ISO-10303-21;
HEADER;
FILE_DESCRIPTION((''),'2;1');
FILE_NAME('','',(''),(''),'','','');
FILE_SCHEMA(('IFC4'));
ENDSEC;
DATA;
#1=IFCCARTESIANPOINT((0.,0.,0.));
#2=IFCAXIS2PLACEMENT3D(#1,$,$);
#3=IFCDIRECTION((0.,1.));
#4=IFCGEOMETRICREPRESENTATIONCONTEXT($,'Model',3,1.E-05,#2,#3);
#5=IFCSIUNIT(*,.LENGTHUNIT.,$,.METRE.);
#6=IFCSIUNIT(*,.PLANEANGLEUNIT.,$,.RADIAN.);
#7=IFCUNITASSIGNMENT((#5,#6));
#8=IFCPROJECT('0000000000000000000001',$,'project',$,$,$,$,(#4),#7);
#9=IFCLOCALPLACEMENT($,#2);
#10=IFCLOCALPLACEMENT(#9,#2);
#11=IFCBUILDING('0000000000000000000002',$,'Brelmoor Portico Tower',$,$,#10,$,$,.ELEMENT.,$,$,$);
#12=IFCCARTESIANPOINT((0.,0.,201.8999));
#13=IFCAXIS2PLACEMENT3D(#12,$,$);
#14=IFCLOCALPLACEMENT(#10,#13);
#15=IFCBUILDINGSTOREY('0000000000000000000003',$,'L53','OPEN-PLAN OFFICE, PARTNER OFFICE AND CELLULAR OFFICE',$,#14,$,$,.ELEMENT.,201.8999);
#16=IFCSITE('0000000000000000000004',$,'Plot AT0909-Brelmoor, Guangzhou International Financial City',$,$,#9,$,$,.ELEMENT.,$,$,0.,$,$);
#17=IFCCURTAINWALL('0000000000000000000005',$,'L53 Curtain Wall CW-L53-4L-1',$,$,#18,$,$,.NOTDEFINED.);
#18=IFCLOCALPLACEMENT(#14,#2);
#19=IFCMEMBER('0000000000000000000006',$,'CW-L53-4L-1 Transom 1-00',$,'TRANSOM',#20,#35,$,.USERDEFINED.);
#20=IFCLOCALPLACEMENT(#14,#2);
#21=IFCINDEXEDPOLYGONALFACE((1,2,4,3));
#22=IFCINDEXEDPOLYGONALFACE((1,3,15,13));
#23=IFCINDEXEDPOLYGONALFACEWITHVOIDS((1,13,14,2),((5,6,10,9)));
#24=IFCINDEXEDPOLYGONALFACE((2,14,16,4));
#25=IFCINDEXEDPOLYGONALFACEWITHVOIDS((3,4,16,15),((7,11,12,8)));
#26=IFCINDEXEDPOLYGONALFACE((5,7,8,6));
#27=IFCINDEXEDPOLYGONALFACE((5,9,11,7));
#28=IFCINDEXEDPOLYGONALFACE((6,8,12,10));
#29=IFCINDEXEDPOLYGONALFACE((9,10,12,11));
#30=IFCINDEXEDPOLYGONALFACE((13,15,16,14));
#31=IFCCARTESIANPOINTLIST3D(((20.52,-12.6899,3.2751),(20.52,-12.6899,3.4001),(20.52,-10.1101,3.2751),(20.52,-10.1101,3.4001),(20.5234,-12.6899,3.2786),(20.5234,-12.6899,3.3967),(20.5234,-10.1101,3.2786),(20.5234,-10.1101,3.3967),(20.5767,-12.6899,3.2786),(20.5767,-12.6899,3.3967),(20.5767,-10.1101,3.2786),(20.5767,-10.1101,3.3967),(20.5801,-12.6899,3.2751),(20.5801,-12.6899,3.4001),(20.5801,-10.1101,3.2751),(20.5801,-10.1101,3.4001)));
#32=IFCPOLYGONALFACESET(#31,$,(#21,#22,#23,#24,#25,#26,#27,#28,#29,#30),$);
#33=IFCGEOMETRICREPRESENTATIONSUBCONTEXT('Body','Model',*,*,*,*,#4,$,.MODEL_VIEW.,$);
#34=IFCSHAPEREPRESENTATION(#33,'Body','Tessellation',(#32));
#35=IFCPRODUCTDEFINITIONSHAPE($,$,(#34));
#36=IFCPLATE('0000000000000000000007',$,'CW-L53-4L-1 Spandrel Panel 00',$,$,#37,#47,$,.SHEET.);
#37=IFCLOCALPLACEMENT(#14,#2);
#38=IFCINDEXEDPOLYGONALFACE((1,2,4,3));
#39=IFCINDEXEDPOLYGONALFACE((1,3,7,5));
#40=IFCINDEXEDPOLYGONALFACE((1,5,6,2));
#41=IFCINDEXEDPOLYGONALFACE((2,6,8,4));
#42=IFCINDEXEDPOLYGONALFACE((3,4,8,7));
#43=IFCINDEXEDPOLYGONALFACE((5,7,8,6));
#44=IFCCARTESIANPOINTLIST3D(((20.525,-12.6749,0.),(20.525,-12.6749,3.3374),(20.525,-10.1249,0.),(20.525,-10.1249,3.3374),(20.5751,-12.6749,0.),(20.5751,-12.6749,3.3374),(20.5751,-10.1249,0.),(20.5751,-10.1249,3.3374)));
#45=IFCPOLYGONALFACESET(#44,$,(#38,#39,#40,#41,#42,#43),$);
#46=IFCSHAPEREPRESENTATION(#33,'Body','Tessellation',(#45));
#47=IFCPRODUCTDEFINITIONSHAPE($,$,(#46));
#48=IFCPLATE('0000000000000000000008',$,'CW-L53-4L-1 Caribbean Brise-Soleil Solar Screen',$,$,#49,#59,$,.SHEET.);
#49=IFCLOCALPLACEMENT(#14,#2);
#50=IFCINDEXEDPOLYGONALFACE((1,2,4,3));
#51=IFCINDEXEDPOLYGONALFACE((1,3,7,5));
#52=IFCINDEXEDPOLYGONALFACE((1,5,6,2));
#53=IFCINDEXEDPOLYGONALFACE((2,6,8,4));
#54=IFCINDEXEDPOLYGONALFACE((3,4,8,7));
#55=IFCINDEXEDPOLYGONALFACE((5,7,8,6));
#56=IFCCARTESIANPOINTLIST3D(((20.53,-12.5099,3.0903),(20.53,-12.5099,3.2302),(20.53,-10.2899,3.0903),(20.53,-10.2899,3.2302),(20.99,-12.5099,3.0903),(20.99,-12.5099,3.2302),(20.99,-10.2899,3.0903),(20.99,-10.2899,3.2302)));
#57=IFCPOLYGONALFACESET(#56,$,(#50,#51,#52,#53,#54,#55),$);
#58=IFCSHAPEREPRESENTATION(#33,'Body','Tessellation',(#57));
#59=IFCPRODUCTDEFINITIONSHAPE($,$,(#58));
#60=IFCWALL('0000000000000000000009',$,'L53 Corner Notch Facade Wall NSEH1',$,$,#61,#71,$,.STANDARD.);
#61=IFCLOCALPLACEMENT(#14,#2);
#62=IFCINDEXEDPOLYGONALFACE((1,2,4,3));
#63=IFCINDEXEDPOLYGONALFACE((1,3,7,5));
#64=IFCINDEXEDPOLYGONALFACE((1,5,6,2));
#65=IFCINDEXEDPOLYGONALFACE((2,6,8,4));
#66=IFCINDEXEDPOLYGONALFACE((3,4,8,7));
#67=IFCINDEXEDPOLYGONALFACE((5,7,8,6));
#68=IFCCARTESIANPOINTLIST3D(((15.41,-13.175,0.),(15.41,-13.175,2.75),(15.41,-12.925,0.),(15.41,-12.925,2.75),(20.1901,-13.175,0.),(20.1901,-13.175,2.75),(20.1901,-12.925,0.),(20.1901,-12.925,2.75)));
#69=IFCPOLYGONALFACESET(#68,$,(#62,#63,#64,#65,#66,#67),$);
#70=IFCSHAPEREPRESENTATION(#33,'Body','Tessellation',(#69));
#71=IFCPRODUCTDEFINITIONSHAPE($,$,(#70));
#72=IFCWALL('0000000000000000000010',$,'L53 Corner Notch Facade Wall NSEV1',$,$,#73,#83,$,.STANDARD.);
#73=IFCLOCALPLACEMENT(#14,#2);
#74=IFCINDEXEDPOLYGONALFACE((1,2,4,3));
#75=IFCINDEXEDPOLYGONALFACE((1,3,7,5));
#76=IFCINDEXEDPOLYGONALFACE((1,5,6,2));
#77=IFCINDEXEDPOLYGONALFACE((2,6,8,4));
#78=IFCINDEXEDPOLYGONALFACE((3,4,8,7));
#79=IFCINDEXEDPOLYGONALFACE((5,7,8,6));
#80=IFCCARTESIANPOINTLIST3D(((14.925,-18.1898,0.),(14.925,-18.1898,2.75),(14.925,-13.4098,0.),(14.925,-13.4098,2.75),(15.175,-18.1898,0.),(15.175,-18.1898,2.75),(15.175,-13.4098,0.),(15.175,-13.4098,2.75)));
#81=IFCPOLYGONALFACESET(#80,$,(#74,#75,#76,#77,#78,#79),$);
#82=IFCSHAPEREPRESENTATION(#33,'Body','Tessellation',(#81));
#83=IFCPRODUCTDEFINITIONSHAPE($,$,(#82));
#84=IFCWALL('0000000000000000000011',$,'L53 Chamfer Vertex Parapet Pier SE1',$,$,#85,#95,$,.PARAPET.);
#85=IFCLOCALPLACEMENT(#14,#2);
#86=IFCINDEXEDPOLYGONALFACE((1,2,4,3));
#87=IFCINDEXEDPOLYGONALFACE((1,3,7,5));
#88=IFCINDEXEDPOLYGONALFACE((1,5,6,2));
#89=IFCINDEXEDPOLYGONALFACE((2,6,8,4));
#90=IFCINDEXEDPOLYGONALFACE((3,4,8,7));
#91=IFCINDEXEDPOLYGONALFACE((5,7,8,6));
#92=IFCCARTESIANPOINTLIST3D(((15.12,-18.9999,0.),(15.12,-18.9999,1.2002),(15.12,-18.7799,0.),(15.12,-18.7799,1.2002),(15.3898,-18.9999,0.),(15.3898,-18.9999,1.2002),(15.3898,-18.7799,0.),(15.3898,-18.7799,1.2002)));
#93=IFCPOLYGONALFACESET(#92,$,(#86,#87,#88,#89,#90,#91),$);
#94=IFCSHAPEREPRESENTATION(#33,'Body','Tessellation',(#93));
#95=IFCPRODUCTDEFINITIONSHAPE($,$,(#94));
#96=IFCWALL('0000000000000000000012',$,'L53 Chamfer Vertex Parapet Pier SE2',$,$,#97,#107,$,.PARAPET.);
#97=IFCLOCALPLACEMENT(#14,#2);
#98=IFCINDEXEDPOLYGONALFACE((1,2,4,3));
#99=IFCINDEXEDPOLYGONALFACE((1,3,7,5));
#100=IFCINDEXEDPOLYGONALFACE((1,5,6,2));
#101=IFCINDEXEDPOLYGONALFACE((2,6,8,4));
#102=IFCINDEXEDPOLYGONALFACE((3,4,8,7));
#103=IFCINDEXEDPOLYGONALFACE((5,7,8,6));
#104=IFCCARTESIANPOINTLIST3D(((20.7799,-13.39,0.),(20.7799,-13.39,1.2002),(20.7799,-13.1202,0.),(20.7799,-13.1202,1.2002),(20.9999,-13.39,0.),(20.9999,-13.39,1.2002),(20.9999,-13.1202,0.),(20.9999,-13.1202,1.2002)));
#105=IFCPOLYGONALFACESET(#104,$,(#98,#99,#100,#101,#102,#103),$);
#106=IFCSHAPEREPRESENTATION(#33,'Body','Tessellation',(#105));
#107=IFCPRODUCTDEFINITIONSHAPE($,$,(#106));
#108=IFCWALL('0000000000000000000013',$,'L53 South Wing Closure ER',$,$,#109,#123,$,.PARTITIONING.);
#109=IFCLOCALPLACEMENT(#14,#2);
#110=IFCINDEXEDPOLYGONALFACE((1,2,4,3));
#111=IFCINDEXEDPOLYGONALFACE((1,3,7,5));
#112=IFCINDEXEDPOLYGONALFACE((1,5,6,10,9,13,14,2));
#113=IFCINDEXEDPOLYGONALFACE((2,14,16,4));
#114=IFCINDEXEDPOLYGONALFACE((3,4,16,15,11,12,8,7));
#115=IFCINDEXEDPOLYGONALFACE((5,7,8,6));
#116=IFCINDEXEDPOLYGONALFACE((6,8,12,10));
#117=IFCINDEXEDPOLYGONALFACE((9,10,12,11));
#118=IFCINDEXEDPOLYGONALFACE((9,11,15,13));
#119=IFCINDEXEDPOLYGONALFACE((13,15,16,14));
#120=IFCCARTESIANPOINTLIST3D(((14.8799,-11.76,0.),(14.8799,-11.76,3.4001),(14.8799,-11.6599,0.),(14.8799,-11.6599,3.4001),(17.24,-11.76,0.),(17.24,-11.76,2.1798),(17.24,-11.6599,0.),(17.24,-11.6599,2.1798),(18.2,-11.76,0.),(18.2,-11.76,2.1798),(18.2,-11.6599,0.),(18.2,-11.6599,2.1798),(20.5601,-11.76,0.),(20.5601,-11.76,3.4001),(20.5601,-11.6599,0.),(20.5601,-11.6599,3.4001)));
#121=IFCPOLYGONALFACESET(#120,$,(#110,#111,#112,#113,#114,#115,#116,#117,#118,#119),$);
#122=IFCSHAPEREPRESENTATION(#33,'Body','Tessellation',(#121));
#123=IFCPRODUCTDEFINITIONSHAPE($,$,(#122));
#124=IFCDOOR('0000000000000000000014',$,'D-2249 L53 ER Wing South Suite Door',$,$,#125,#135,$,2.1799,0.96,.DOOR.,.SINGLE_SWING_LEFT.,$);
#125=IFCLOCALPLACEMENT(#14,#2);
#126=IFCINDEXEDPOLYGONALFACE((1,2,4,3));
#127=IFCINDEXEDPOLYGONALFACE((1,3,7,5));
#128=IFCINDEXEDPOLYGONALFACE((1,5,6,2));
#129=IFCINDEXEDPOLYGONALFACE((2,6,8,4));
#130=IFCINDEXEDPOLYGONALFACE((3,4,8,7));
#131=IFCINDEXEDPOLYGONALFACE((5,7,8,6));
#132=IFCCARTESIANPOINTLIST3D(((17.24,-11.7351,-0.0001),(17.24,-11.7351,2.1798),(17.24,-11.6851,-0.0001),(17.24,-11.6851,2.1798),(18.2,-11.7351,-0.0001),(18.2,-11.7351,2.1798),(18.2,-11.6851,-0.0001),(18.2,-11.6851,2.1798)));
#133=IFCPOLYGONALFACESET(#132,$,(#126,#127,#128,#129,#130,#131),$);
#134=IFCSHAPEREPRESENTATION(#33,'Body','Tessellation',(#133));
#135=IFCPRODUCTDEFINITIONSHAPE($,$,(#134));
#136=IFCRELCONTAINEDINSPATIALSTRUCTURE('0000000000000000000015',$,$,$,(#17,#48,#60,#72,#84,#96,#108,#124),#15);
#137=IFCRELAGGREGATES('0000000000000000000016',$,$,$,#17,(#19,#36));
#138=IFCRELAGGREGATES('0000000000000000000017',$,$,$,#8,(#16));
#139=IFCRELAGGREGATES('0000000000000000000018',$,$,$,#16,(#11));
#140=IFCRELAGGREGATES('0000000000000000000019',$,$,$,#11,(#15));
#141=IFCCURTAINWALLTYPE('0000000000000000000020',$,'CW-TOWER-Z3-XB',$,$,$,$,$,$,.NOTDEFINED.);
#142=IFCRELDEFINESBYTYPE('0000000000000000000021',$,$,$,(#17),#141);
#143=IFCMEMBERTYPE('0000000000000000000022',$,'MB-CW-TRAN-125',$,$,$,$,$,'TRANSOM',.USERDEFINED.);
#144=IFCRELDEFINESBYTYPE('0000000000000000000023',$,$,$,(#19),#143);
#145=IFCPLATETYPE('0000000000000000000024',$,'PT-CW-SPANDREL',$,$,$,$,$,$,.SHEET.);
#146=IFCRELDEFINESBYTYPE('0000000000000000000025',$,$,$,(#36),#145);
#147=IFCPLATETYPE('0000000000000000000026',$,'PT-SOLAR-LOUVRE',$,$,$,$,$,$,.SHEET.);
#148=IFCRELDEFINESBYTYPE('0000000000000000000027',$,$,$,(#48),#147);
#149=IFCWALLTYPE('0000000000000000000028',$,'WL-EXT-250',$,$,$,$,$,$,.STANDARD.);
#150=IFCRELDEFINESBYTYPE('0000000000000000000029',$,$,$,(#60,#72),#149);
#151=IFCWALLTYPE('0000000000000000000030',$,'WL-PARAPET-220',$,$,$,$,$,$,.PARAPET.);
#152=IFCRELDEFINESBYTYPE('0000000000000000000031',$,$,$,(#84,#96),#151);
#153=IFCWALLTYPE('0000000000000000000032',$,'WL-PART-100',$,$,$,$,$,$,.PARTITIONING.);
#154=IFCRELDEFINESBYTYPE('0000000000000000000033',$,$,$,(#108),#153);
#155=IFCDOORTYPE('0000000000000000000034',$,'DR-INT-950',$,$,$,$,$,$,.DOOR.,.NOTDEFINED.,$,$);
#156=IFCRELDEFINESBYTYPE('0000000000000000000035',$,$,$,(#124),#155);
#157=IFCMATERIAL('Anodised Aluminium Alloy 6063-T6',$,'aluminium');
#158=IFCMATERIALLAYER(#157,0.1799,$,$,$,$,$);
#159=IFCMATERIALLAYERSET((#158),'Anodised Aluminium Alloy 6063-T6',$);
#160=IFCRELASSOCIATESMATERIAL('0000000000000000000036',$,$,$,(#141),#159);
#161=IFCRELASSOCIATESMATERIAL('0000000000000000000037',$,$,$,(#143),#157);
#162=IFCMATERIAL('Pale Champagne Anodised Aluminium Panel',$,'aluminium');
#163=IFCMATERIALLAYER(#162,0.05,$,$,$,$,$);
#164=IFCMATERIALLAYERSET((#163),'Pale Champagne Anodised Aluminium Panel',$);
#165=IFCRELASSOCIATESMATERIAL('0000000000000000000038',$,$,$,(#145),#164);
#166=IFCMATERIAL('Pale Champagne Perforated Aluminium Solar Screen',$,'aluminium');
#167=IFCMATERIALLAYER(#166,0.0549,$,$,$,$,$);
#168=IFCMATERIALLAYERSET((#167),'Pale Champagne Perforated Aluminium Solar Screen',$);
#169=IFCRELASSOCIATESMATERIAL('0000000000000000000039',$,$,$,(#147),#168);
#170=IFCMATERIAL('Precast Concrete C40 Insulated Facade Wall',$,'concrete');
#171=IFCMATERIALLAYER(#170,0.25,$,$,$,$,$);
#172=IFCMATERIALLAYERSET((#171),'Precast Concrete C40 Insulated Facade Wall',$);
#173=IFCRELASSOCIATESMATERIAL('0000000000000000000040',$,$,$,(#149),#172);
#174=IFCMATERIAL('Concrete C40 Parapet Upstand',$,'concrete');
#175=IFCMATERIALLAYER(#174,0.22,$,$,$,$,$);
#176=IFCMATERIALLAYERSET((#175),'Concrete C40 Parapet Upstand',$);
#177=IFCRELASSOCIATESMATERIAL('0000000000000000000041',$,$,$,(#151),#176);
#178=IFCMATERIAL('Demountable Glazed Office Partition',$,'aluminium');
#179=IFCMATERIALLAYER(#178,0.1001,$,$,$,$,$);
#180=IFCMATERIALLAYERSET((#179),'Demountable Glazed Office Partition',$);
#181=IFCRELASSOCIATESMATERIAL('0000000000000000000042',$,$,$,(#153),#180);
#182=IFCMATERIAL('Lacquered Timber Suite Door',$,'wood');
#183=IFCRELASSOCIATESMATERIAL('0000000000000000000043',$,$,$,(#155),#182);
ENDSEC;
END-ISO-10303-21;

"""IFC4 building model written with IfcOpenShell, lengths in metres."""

from ifc_helpers import new_model, si_unit, direction, frame, frame_2d, origin, origin_2d, place, context, subcontext, project, spatial, rectangle, hollow_rectangle, extrude, material, layer, layer_set, material_profile, profile_set, type_object, element, fill, aggregate, save


model = new_model("IFC4")

# Units and contexts
model_context = context("Model", 3, precision=1e-05, world=origin(), true_north=direction((0.0, 1.0)))
body_context = subcontext(model_context, "Body", "Model", "MODEL_VIEW")
ifc_project = project(units=[si_unit("LENGTHUNIT", "METRE"), si_unit("PLANEANGLEUNIT", "RADIAN")], contexts=[model_context])

# Site, building, storey
site_placement = place(None, origin())
site = spatial("IfcSite", under=ifc_project, at=site_placement, Name="Plot AT0909-Brelmoor, Guangzhou International Financial City", CompositionType="ELEMENT", RefElevation=0.0)
building_placement = place(site_placement, origin())
building = spatial("IfcBuilding", under=site, at=building_placement, Name="Brelmoor Portico Tower", CompositionType="ELEMENT")
storey_placement = place(building_placement, frame((0.0, 0.0, 201.8999)))
storey = spatial("IfcBuildingStorey", under=building, at=storey_placement, Name="L53", Description="OPEN-PLAN OFFICE, PARTNER OFFICE AND CELLULAR OFFICE", CompositionType="ELEMENT", Elevation=201.8999)

# Shared definitions
ifc_material_1 = material(Name="Anodised Aluminium Alloy 6063-T6", Category="aluminium")
ifc_layer_1 = layer(ifc_material_1, 0.1799)
ifc_layer_set_1 = layer_set([ifc_layer_1], Name="Anodised Aluminium Alloy 6063-T6")
curtain_wall_type = type_object("IfcCurtainWallType", Name="CW-TOWER-Z3-XB", PredefinedType="NOTDEFINED", material=ifc_layer_set_1)

# Curtain wall, member, plate
curtain_wall_1_placement = place(storey_placement, origin())
curtain_wall_1 = element("IfcCurtainWall", 1, at=curtain_wall_1_placement, inside=storey, type_object=curtain_wall_type, Name="L53 Curtain Wall CW-L53-4L-1", PredefinedType="NOTDEFINED")
ifc_material_profile_1 = material_profile(ifc_material_1, hollow_rectangle(XDim=0.0601, YDim=0.125, WallThickness=0.0034, at=origin_2d()), Name="ALU TRANSOM 60x125")
ifc_profile_set_1 = profile_set([ifc_material_profile_1], Name="Anodised Aluminium Alloy 6063-T6")
member_type_1 = type_object("IfcMemberType", Name="MB-CW-TRAN-125", ElementType="TRANSOM", PredefinedType="USERDEFINED", material=ifc_profile_set_1)
member_1_placement = place(storey_placement, frame((20.55, -12.6899, 3.3376), z_axis=(0.0, 1.0, 0.0), x_axis=(-1.0, 0.0, 0.0)))
member_1 = element("IfcMember", 2, at=member_1_placement, type_object=member_type_1, Name="CW-L53-4L-1 Transom 1-00", ObjectType="TRANSOM", PredefinedType="USERDEFINED", context=body_context, shape_type="SweptSolid", body=[
    extrude(hollow_rectangle(XDim=0.0601, YDim=0.125, WallThickness=0.0034, at=origin_2d()), origin(), (0.0, 0.0, 1.0), 2.5798),
])
ifc_material_2 = material(Name="Pale Champagne Anodised Aluminium Panel", Category="aluminium")
ifc_layer_2 = layer(ifc_material_2, 0.05)
ifc_layer_set_2 = layer_set([ifc_layer_2], Name="Pale Champagne Anodised Aluminium Panel")
plate_type_1 = type_object("IfcPlateType", Name="PT-CW-SPANDREL", PredefinedType="SHEET", material=ifc_layer_set_2)
plate_1_placement = place(storey_placement, frame((20.55, -11.3999, 0.0), z_axis=(0.0, 0.0, 1.0), x_axis=(0.0, 1.0, 0.0)))
plate_1 = element("IfcPlate", 3, at=plate_1_placement, type_object=plate_type_1, Name="CW-L53-4L-1 Spandrel Panel 00", PredefinedType="SHEET", context=body_context, shape_type="SweptSolid", body=[
    extrude(rectangle(XDim=2.55, YDim=0.05, at=origin_2d()), origin(), (0.0, 0.0, 1.0), 3.3374),
])
aggregate(curtain_wall_1, [member_1, plate_1])

# Plate
ifc_material_3 = material(Name="Pale Champagne Perforated Aluminium Solar Screen", Category="aluminium")
ifc_layer_3 = layer(ifc_material_3, 0.0549)
ifc_layer_set_3 = layer_set([ifc_layer_3], Name="Pale Champagne Perforated Aluminium Solar Screen")
plate_type_2 = type_object("IfcPlateType", Name="PT-SOLAR-LOUVRE", PredefinedType="SHEET", material=ifc_layer_set_3)
plate_2_placement = place(storey_placement, frame((20.76, -11.3999, 3.0903), z_axis=(0.0, 0.0, 1.0), x_axis=(0.0, 1.0, 0.0)))
element("IfcPlate", 4, at=plate_2_placement, inside=storey, type_object=plate_type_2, Name="CW-L53-4L-1 Caribbean Brise-Soleil Solar Screen", PredefinedType="SHEET", context=body_context, shape_type="SweptSolid", body=[
    extrude(rectangle(XDim=2.22, YDim=0.46, at=origin_2d()), origin(), (0.0, 0.0, 1.0), 0.1399),
])

# Walls
ifc_material_4 = material(Name="Precast Concrete C40 Insulated Facade Wall", Category="concrete")
ifc_layer_4 = layer(ifc_material_4, 0.25)
ifc_layer_set_4 = layer_set([ifc_layer_4], Name="Precast Concrete C40 Insulated Facade Wall")
wall_type_1 = type_object("IfcWallType", Name="WL-EXT-250", PredefinedType="STANDARD", material=ifc_layer_set_4)
for number, where, z_axis, x_axis, name in (
    (5, (15.4099, -13.05, 0.0), (0.0, 0.0, 1.0), (1.0, 0.0, 0.0), "L53 Corner Notch Facade Wall NSEH1"),
    (6, (15.05, -18.1899, 0.0), (0.0, 0.0, 1.0), (0.0, 1.0, 0.0), "L53 Corner Notch Facade Wall NSEV1"),
):
    element("IfcWall", number, at=place(storey_placement, frame(where, z_axis=z_axis, x_axis=x_axis)), inside=storey, type_object=wall_type_1, Name=name, PredefinedType="STANDARD", context=body_context, shape_type="SweptSolid", body=[
        extrude(rectangle(XDim=4.78, YDim=0.25, at=frame_2d((2.3901, 0.0))), origin(), (0.0, 0.0, 1.0), 2.75),
    ])
ifc_material_5 = material(Name="Concrete C40 Parapet Upstand", Category="concrete")
ifc_layer_5 = layer(ifc_material_5, 0.22)
ifc_layer_set_5 = layer_set([ifc_layer_5], Name="Concrete C40 Parapet Upstand")
wall_type_2 = type_object("IfcWallType", Name="WL-PARAPET-220", PredefinedType="PARAPET", material=ifc_layer_set_5)
for number, where, z_axis, x_axis, name in (
    (7, (15.1201, -18.8899, 0.0), (0.0, 0.0, 1.0), (1.0, 0.0, 0.0), "L53 Chamfer Vertex Parapet Pier SE1"),
    (8, (20.8899, -13.3899, 0.0), (0.0, 0.0, 1.0), (0.0, 1.0, 0.0), "L53 Chamfer Vertex Parapet Pier SE2"),
):
    element("IfcWall", number, at=place(storey_placement, frame(where, z_axis=z_axis, x_axis=x_axis)), inside=storey, type_object=wall_type_2, Name=name, PredefinedType="PARAPET", context=body_context, shape_type="SweptSolid", body=[
        extrude(rectangle(XDim=0.2698, YDim=0.22, at=frame_2d((0.1348, 0.0))), origin(), (0.0, 0.0, 1.0), 1.2002),
    ])

# Wall, opening, door
ifc_material_6 = material(Name="Demountable Glazed Office Partition", Category="aluminium")
ifc_layer_6 = layer(ifc_material_6, 0.1001)
ifc_layer_set_6 = layer_set([ifc_layer_6], Name="Demountable Glazed Office Partition")
wall_type_3 = type_object("IfcWallType", Name="WL-PART-100", PredefinedType="PARTITIONING", material=ifc_layer_set_6)
wall_placement = place(storey_placement, frame((14.8799, -11.71, 0.0), z_axis=(0.0, 0.0, 1.0), x_axis=(1.0, 0.0, 0.0)))
wall = element("IfcWall", 9, at=wall_placement, inside=storey, type_object=wall_type_3, Name="L53 South Wing Closure ER", PredefinedType="PARTITIONING", context=body_context, shape_type="SweptSolid", body=[
    extrude(rectangle(XDim=5.6802, YDim=0.1001, at=frame_2d((2.8401, 0.0))), origin(), (0.0, 0.0, 1.0), 3.4001),
])
opening_placement = place(wall_placement, frame((2.3601, 0.0, 0.0)))
opening = element("IfcOpeningElement", 10, at=opening_placement, cuts=wall, PredefinedType="OPENING", context=body_context, shape_type="SweptSolid", body=[
    extrude(rectangle(XDim=0.96, YDim=2.1799, at=frame_2d((0.48, 1.0898))), frame((0.0, 0.0601, 0.0), z_axis=(0.0, -1.0, 0.0), x_axis=(1.0, 0.0, 0.0)), (0.0, 0.0, 1.0), 0.1201),
])
ifc_material_7 = material(Name="Lacquered Timber Suite Door", Category="wood")
door_type = type_object("IfcDoorType", Name="DR-INT-950", OperationType="NOTDEFINED", PredefinedType="DOOR", material=ifc_material_7)
door_placement = place(opening_placement, origin())
door = element("IfcDoor", 11, at=door_placement, inside=storey, type_object=door_type, Name="D-2249 L53 ER Wing South Suite Door", OperationType="SINGLE_SWING_LEFT", OverallHeight=2.1799, OverallWidth=0.96, PredefinedType="DOOR", context=body_context, shape_type="SweptSolid", body=[
    extrude(rectangle(XDim=0.96, YDim=2.1799, at=frame_2d((0.48, 1.0898))), frame((0.0, 0.0249, 0.0), z_axis=(0.0, -1.0, 0.0), x_axis=(1.0, 0.0, 0.0)), (0.0, 0.0, 1.0), 0.05),
])
fill(opening, door)

save(model, "model.ifc")
